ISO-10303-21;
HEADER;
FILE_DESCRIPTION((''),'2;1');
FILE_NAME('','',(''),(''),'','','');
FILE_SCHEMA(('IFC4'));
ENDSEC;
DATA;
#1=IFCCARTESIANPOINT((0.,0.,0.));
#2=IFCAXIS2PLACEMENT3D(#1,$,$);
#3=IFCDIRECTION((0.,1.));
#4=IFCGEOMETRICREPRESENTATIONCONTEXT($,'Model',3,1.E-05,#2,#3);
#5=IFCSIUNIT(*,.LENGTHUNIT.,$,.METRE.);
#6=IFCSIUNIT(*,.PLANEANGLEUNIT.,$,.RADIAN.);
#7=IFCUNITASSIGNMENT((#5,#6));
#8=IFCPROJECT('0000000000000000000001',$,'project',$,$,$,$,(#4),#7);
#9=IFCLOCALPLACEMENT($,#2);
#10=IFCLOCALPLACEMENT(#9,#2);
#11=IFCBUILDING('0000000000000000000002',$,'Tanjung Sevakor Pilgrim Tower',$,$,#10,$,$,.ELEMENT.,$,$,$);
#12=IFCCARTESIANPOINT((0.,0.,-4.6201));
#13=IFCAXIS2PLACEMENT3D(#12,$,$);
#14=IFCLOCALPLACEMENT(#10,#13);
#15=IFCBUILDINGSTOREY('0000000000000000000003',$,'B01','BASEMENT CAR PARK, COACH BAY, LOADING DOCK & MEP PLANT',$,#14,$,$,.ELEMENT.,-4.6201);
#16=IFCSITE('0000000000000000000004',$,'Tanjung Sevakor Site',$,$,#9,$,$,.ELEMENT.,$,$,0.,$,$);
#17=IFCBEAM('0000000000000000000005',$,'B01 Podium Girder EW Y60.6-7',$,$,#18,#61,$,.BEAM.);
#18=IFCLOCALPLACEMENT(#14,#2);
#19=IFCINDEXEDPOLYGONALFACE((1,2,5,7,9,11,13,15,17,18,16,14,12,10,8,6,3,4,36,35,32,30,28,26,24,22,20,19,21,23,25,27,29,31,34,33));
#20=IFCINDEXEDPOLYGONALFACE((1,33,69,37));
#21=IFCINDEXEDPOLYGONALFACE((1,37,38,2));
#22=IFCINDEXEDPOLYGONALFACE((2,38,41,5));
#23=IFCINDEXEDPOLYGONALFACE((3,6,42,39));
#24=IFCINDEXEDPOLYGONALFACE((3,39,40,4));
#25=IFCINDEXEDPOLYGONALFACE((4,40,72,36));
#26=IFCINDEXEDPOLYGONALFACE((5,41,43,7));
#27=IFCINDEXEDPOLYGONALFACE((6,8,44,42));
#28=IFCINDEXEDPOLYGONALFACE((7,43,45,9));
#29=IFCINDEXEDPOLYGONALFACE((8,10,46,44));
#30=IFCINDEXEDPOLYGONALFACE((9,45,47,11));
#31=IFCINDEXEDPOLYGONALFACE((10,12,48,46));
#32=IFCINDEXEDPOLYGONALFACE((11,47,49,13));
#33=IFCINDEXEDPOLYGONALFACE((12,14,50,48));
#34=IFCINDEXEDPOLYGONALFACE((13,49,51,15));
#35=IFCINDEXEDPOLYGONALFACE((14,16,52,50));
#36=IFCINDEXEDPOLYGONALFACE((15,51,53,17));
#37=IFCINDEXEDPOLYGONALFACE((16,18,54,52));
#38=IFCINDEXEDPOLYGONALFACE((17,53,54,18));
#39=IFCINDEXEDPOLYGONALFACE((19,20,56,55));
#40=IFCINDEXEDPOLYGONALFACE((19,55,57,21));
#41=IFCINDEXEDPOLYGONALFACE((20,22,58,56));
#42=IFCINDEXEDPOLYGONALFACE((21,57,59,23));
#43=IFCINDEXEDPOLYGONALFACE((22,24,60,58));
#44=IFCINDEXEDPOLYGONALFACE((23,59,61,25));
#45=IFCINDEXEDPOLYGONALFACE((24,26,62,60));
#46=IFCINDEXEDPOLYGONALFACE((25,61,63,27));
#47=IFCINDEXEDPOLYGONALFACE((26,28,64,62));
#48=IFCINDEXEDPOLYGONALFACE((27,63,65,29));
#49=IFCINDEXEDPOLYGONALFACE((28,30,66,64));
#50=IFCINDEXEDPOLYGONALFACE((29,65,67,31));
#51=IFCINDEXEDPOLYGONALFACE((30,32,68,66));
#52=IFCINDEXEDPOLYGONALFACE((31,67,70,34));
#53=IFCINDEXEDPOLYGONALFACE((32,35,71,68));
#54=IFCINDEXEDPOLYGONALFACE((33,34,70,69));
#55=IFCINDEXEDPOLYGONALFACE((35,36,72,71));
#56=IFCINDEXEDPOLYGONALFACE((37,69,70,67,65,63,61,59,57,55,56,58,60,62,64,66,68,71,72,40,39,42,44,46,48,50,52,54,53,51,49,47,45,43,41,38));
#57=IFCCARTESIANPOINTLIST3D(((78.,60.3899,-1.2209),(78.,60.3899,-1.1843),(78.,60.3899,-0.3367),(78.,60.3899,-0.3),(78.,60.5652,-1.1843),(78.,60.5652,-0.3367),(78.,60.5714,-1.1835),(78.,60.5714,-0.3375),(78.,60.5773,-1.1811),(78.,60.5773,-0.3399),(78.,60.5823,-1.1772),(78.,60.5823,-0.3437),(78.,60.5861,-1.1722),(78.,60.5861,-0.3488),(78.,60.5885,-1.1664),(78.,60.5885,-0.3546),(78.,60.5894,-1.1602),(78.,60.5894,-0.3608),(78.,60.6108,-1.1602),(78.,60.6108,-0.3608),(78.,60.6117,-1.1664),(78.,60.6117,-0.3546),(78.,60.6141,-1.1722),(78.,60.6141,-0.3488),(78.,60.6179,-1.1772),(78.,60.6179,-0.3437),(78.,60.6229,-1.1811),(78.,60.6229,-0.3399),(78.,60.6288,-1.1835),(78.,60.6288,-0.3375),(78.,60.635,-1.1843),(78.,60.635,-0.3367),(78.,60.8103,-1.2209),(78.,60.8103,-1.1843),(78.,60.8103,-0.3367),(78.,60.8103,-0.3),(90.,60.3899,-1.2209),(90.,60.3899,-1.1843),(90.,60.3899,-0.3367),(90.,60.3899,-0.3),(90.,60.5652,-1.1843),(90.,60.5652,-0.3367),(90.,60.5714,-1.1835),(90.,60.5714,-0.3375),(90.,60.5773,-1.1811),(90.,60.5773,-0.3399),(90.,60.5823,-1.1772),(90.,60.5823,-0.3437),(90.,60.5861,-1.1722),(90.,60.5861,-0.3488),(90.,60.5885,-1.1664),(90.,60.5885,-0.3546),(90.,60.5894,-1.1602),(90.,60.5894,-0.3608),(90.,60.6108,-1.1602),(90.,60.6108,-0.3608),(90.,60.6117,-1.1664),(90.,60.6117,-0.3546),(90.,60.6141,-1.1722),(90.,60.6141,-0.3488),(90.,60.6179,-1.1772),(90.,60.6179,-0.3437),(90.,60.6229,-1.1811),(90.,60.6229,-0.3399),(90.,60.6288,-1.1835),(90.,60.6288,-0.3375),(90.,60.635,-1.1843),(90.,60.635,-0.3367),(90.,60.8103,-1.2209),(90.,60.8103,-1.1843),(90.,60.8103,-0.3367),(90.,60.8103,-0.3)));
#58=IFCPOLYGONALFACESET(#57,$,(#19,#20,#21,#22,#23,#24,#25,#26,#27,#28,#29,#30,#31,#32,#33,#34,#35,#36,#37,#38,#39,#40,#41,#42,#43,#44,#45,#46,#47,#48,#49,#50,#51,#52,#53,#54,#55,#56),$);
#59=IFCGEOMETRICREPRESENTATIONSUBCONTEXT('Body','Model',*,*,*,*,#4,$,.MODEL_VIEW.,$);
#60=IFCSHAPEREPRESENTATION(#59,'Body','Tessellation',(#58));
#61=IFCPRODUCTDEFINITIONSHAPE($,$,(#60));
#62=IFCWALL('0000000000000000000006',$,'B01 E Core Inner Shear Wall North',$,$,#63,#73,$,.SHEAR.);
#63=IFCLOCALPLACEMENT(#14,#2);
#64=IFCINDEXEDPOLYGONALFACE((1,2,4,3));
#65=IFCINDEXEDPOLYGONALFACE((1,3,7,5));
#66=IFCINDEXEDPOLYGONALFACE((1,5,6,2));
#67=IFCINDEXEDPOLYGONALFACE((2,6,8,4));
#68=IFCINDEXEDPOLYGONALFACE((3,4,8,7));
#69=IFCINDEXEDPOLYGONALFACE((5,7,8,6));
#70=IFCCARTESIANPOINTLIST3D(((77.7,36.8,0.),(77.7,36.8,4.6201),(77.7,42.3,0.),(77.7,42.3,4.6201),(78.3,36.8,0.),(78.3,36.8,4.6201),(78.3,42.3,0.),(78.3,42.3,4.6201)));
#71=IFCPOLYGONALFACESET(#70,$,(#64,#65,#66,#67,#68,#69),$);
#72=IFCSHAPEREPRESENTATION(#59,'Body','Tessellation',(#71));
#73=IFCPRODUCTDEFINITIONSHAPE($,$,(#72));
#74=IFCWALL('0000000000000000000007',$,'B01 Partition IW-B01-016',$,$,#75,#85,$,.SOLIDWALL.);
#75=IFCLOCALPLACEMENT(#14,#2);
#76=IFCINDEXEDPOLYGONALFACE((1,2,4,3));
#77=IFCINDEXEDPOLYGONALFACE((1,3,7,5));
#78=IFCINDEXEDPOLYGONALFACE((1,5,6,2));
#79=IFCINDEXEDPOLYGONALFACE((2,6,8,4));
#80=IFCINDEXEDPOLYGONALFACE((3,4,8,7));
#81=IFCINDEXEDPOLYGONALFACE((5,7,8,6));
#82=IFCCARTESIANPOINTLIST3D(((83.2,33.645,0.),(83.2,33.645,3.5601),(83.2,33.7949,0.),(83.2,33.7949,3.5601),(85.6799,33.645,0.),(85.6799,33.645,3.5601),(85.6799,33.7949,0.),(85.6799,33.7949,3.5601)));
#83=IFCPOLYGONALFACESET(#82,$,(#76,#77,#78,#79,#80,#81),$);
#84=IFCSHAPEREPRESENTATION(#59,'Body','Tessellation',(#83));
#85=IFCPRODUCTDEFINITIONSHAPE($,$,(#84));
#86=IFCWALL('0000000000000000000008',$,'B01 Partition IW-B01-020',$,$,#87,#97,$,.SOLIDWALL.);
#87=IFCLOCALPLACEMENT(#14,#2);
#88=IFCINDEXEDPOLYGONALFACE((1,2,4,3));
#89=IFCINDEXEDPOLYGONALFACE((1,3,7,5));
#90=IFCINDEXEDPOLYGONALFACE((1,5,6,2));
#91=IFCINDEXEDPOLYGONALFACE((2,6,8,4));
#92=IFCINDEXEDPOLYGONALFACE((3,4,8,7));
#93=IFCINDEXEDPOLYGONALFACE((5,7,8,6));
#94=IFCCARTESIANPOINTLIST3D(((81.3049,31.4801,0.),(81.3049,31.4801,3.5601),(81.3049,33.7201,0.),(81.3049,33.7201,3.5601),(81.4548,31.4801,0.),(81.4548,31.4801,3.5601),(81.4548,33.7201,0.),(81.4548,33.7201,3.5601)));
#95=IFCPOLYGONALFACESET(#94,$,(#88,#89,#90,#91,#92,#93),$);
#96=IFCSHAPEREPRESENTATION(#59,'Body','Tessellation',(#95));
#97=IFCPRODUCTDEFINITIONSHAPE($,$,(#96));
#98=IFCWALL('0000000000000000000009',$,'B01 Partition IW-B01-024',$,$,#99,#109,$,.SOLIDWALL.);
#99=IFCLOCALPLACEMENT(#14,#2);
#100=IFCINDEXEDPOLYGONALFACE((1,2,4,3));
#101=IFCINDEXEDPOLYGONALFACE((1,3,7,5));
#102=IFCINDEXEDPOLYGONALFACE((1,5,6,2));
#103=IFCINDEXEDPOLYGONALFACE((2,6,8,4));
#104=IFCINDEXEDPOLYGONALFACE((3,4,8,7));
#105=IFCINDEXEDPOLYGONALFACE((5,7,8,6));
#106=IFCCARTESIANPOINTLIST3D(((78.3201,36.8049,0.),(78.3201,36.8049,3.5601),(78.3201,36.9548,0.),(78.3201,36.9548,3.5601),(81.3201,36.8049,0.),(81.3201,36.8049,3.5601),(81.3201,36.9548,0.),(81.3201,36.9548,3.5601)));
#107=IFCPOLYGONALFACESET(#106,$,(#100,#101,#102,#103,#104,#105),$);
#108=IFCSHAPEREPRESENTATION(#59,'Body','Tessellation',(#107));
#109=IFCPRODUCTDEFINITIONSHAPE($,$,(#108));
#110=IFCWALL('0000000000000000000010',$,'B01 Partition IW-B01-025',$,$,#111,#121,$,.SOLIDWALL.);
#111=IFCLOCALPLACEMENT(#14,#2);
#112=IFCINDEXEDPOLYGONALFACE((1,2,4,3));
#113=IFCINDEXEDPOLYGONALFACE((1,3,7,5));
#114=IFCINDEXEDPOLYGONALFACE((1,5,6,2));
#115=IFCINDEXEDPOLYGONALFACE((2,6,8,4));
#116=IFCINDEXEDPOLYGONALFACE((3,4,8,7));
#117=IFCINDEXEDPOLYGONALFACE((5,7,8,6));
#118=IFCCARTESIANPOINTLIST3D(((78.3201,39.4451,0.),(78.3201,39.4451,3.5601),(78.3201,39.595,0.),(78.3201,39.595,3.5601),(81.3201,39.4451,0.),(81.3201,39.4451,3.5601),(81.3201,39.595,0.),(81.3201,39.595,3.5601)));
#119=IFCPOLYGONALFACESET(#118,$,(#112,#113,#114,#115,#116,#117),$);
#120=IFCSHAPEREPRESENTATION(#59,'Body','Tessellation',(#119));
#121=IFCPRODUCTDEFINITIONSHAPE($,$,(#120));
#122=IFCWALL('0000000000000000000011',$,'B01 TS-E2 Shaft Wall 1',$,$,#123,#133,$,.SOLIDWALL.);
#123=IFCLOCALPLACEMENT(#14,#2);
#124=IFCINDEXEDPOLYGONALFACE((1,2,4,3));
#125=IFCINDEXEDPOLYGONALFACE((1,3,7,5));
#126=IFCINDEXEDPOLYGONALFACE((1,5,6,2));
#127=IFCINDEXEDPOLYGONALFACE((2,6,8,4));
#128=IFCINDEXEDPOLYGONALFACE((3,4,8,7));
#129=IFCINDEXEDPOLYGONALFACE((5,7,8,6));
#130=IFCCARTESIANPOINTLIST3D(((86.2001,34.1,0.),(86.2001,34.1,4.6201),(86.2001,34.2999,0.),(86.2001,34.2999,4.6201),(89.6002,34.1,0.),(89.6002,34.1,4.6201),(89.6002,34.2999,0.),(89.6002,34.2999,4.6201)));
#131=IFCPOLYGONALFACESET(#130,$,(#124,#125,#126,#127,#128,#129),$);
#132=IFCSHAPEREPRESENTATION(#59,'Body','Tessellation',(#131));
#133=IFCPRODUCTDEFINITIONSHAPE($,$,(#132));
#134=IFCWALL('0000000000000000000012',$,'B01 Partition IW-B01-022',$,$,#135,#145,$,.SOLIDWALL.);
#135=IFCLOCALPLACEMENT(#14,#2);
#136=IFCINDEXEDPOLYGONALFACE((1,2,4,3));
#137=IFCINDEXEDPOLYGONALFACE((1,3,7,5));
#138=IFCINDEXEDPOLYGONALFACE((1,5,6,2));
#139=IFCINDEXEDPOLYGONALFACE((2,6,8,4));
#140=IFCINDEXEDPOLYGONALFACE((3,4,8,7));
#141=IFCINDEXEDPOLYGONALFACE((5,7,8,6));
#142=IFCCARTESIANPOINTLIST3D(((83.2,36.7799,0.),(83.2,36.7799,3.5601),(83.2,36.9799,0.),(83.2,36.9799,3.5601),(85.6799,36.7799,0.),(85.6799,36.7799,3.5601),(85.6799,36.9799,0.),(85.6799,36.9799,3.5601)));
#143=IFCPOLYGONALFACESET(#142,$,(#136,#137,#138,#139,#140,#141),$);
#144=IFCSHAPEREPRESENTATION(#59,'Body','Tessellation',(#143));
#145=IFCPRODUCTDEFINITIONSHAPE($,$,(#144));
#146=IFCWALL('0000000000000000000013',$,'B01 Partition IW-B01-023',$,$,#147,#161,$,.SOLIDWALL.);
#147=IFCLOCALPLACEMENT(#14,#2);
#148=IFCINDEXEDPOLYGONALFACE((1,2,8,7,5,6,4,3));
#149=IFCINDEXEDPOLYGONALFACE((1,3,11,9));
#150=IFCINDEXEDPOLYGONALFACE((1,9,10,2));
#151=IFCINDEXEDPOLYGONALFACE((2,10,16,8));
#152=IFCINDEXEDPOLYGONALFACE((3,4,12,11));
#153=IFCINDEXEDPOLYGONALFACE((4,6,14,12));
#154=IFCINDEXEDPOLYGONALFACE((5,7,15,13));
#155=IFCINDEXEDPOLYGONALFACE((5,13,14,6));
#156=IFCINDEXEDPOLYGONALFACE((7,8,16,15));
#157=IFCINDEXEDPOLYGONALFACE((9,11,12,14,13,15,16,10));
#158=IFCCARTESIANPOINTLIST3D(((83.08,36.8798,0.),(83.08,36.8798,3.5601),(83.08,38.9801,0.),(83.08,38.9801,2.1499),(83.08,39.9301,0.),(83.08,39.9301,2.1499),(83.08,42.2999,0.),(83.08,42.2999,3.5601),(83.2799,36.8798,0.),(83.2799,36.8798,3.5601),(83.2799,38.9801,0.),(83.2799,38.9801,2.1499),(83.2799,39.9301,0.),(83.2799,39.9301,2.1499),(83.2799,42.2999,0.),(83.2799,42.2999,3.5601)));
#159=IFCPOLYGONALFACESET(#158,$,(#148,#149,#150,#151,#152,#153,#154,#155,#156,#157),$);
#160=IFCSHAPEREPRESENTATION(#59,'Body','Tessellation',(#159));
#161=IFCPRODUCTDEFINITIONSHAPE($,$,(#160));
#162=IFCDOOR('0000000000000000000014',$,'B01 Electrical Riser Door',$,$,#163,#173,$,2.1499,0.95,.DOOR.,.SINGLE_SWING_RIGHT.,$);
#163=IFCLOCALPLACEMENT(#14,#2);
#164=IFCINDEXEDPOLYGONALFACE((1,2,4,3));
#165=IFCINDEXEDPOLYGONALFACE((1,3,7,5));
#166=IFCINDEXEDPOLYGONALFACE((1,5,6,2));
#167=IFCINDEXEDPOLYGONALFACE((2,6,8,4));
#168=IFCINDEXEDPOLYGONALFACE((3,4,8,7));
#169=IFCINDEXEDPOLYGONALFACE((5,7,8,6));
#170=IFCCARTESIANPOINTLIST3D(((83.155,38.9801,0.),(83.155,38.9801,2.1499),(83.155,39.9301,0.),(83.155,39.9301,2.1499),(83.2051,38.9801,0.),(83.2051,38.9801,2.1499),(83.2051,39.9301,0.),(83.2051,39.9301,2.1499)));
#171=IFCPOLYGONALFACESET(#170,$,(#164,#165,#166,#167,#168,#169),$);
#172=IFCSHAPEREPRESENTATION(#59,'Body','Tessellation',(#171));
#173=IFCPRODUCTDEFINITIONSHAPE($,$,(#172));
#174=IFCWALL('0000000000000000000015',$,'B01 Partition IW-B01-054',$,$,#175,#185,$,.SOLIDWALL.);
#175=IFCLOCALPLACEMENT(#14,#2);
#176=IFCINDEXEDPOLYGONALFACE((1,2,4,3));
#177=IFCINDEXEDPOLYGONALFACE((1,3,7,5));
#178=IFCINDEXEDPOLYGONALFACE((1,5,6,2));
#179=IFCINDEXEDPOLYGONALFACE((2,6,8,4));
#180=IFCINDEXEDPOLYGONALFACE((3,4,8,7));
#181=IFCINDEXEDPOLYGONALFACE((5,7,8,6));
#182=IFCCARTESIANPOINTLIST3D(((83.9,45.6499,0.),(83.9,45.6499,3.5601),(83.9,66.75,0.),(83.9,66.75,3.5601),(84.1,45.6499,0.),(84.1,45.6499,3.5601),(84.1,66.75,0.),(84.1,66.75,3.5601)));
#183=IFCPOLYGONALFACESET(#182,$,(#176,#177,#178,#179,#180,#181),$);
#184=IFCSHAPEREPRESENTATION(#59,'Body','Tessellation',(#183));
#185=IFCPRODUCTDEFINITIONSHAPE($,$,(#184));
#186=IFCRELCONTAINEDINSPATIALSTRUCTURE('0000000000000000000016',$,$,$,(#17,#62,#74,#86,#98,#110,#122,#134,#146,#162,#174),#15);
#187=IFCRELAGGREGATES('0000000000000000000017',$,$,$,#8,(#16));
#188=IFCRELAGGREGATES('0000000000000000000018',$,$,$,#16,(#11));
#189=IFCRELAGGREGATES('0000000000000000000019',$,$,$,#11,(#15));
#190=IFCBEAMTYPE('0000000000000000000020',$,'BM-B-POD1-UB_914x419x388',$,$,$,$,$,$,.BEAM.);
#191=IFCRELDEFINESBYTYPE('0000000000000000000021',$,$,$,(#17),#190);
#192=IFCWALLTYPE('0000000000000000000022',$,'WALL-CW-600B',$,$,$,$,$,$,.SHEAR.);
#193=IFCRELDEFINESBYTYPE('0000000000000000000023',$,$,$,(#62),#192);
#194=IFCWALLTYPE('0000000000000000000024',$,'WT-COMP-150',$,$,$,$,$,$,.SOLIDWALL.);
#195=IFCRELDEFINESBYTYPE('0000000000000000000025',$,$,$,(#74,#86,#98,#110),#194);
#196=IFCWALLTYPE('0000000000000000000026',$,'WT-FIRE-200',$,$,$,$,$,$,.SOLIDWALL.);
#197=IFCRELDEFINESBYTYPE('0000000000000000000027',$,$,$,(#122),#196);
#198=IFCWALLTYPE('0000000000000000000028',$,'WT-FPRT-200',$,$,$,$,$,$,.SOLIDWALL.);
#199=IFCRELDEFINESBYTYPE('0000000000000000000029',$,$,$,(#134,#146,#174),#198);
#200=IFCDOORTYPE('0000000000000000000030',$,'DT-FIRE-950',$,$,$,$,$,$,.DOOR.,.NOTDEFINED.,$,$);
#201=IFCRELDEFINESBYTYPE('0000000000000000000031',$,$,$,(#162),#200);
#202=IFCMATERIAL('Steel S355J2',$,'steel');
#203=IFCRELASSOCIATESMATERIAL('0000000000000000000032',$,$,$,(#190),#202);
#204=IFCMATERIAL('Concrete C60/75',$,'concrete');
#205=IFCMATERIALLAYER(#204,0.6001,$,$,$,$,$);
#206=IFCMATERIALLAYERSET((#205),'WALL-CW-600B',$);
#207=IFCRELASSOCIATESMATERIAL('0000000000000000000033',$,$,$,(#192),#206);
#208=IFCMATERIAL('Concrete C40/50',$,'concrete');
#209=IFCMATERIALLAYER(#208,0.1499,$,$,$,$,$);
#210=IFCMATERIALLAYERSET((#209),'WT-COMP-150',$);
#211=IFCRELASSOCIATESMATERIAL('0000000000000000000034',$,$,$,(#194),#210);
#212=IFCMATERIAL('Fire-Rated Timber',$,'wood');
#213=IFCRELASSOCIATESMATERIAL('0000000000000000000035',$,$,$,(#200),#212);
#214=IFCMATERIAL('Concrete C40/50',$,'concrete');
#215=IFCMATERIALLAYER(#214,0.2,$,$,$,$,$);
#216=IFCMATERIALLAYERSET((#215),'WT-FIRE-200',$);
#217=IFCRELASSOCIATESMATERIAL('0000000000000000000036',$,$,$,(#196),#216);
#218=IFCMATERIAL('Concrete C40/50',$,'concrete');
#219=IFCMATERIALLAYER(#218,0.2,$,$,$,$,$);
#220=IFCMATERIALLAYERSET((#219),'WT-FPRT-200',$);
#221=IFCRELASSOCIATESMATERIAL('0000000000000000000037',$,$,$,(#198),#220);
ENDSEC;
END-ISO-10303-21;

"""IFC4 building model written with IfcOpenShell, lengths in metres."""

from ifc_helpers import new_model, si_unit, direction, frame, frame_2d, origin, origin_2d, place, context, subcontext, project, spatial, rectangle, i_section, extrude, material, layer, layer_set, material_profile, profile_set, type_object, element, fill, save


model = new_model("IFC4")

# Units and contexts
model_context = context("Model", 3, precision=1e-05, world=origin(), true_north=direction((0.0, 1.0)))
body_context = subcontext(model_context, "Body", "Model", "MODEL_VIEW")
ifc_project = project(units=[si_unit("LENGTHUNIT", "METRE"), si_unit("PLANEANGLEUNIT", "RADIAN")], contexts=[model_context])

# Site, building, storey
site_placement = place(None, origin())
site = spatial("IfcSite", under=ifc_project, at=site_placement, Name="Tanjung Sevakor Site", CompositionType="ELEMENT", RefElevation=0.0)
building_placement = place(site_placement, origin())
building = spatial("IfcBuilding", under=site, at=building_placement, Name="Tanjung Sevakor Pilgrim Tower", CompositionType="ELEMENT")
storey_placement = place(building_placement, frame((0.0, 0.0, -4.6201)))
storey = spatial("IfcBuildingStorey", under=building, at=storey_placement, Name="B01", Description="BASEMENT CAR PARK, COACH BAY, LOADING DOCK & MEP PLANT", CompositionType="ELEMENT", Elevation=-4.6201)

# Beam
ifc_material_1 = material(Name="Steel S355J2", Category="steel")
ifc_material_profile_1 = material_profile(ifc_material_1, i_section(OverallWidth=0.4204, OverallDepth=0.9209, WebThickness=0.0215, FlangeThickness=0.0366, FilletRadius=0.0242, at=origin_2d()))
ifc_profile_set_1 = profile_set([ifc_material_profile_1], Name="Steel S355J2")
beam_type_1 = type_object("IfcBeamType", Name="BM-B-POD1-UB_914x419x388", PredefinedType="BEAM", material=ifc_profile_set_1)
beam_1_placement = place(storey_placement, frame((78.0, 60.6001, -0.7605), z_axis=(1.0, 0.0, 0.0), x_axis=(0.0, 1.0, 0.0)))
element("IfcBeam", 1, at=beam_1_placement, inside=storey, type_object=beam_type_1, Name="B01 Podium Girder EW Y60.6-7", PredefinedType="BEAM", context=body_context, shape_type="SweptSolid", body=[
    extrude(i_section(OverallWidth=0.4204, OverallDepth=0.9209, WebThickness=0.0215, FlangeThickness=0.0366, FilletRadius=0.0242, at=origin_2d()), origin(), (0.0, 0.0, 1.0), 12.0),
])

# Walls
ifc_material_2 = material(Name="Concrete C60/75", Category="concrete")
ifc_layer_1 = layer(ifc_material_2, 0.6001)
ifc_layer_set_1 = layer_set([ifc_layer_1], Name="WALL-CW-600B")
wall_type_1 = type_object("IfcWallType", Name="WALL-CW-600B", PredefinedType="SHEAR", material=ifc_layer_set_1)
wall_1_placement = place(storey_placement, frame((78.0, 36.8, 0.0), z_axis=(0.0, 0.0, 1.0), x_axis=(0.0, 1.0, 0.0)))
element("IfcWall", 2, at=wall_1_placement, inside=storey, type_object=wall_type_1, Name="B01 E Core Inner Shear Wall North", PredefinedType="SHEAR", context=body_context, shape_type="SweptSolid", body=[
    extrude(rectangle(XDim=5.5, YDim=0.6001, at=frame_2d((2.75, 0.0))), origin(), (0.0, 0.0, 1.0), 4.6201),
])
ifc_material_3 = material(Name="Concrete C40/50", Category="concrete")
ifc_layer_2 = layer(ifc_material_3, 0.1499)
ifc_layer_set_2 = layer_set([ifc_layer_2], Name="WT-COMP-150")
wall_type_2 = type_object("IfcWallType", Name="WT-COMP-150", PredefinedType="SOLIDWALL", material=ifc_layer_set_2)
wall_2_placement = place(storey_placement, frame((83.2, 33.72, 0.0), z_axis=(0.0, 0.0, 1.0), x_axis=(1.0, 0.0, 0.0)))
element("IfcWall", 3, at=wall_2_placement, inside=storey, type_object=wall_type_2, Name="B01 Partition IW-B01-016", PredefinedType="SOLIDWALL", context=body_context, shape_type="SweptSolid", body=[
    extrude(rectangle(XDim=2.48, YDim=0.1499, at=frame_2d((1.24, 0.0))), origin(), (0.0, 0.0, 1.0), 3.5601),
])
wall_3_placement = place(storey_placement, frame((81.3799, 31.48, 0.0), z_axis=(0.0, 0.0, 1.0), x_axis=(0.0, 1.0, 0.0)))
element("IfcWall", 4, at=wall_3_placement, inside=storey, type_object=wall_type_2, Name="B01 Partition IW-B01-020", PredefinedType="SOLIDWALL", context=body_context, shape_type="SweptSolid", body=[
    extrude(rectangle(XDim=2.24, YDim=0.1499, at=frame_2d((1.1201, 0.0))), origin(), (0.0, 0.0, 1.0), 3.5601),
])

# Shared definitions
ifc_material_4 = material(Name="Fire-Rated Timber", Category="wood")
door_type = type_object("IfcDoorType", Name="DT-FIRE-950", OperationType="NOTDEFINED", PredefinedType="DOOR", material=ifc_material_4)

# Walls
for number, where, z_axis, x_axis, name in (
    (5, (78.3201, 36.8799, 0.0), (0.0, 0.0, 1.0), (1.0, 0.0, 0.0), "B01 Partition IW-B01-024"),
    (6, (78.3201, 39.52, 0.0), (0.0, 0.0, 1.0), (1.0, 0.0, 0.0), "B01 Partition IW-B01-025"),
):
    element("IfcWall", number, at=place(storey_placement, frame(where, z_axis=z_axis, x_axis=x_axis)), inside=storey, type_object=wall_type_2, Name=name, PredefinedType="SOLIDWALL", context=body_context, shape_type="SweptSolid", body=[
        extrude(rectangle(XDim=3.0, YDim=0.1499, at=frame_2d((1.5, 0.0))), origin(), (0.0, 0.0, 1.0), 3.5601),
    ])

# Walls
ifc_material_5 = material(Name="Concrete C40/50", Category="concrete")
ifc_layer_3 = layer(ifc_material_5, 0.2)
ifc_layer_set_3 = layer_set([ifc_layer_3], Name="WT-FIRE-200")
wall_type_3 = type_object("IfcWallType", Name="WT-FIRE-200", PredefinedType="SOLIDWALL", material=ifc_layer_set_3)
wall_4_placement = place(storey_placement, frame((86.2, 34.2, 0.0), z_axis=(0.0, 0.0, 1.0), x_axis=(1.0, 0.0, 0.0)))
element("IfcWall", 7, at=wall_4_placement, inside=storey, type_object=wall_type_3, Name="B01 TS-E2 Shaft Wall 1", PredefinedType="SOLIDWALL", context=body_context, shape_type="SweptSolid", body=[
    extrude(rectangle(XDim=3.4001, YDim=0.2, at=frame_2d((1.7002, 0.0))), origin(), (0.0, 0.0, 1.0), 4.6201),
])
ifc_material_6 = material(Name="Concrete C40/50", Category="concrete")
ifc_layer_4 = layer(ifc_material_6, 0.2)
ifc_layer_set_4 = layer_set([ifc_layer_4], Name="WT-FPRT-200")
wall_type_4 = type_object("IfcWallType", Name="WT-FPRT-200", PredefinedType="SOLIDWALL", material=ifc_layer_set_4)
wall_5_placement = place(storey_placement, frame((83.2, 36.8799, 0.0), z_axis=(0.0, 0.0, 1.0), x_axis=(1.0, 0.0, 0.0)))
element("IfcWall", 8, at=wall_5_placement, inside=storey, type_object=wall_type_4, Name="B01 Partition IW-B01-022", PredefinedType="SOLIDWALL", context=body_context, shape_type="SweptSolid", body=[
    extrude(rectangle(XDim=2.48, YDim=0.2, at=frame_2d((1.24, 0.0))), origin(), (0.0, 0.0, 1.0), 3.5601),
])

# Wall, opening, door
wall_6_placement = place(storey_placement, frame((83.1799, 36.8799, 0.0), z_axis=(0.0, 0.0, 1.0), x_axis=(0.0, 1.0, 0.0)))
wall_6 = element("IfcWall", 9, at=wall_6_placement, inside=storey, type_object=wall_type_4, Name="B01 Partition IW-B01-023", PredefinedType="SOLIDWALL", context=body_context, shape_type="SweptSolid", body=[
    extrude(rectangle(XDim=5.4202, YDim=0.2, at=frame_2d((2.71, 0.0))), origin(), (0.0, 0.0, 1.0), 3.5601),
])
opening_1_placement = place(wall_6_placement, frame((2.1001, 0.0, 0.0)))
opening_1 = element("IfcOpeningElement", 10, at=opening_1_placement, cuts=wall_6, PredefinedType="OPENING", context=body_context, shape_type="SweptSolid", body=[
    extrude(rectangle(XDim=0.95, YDim=2.1499, at=frame_2d((0.4751, 1.075))), frame((0.0, 0.1099, 0.0), z_axis=(0.0, -1.0, 0.0), x_axis=(1.0, 0.0, 0.0)), (0.0, 0.0, 1.0), 0.22),
])
door_1_placement = place(opening_1_placement, origin())
door_1 = element("IfcDoor", 11, at=door_1_placement, inside=storey, type_object=door_type, Name="B01 Electrical Riser Door", OperationType="SINGLE_SWING_RIGHT", OverallHeight=2.1499, OverallWidth=0.95, PredefinedType="DOOR", context=body_context, shape_type="SweptSolid", body=[
    extrude(rectangle(XDim=0.95, YDim=2.1499, at=frame_2d((0.4751, 1.075))), frame((0.0, 0.0249, 0.0), z_axis=(0.0, -1.0, 0.0), x_axis=(1.0, 0.0, 0.0)), (0.0, 0.0, 1.0), 0.05),
])
fill(opening_1, door_1)

# Wall
wall_7_placement = place(storey_placement, frame((84.0, 45.6499, 0.0), z_axis=(0.0, 0.0, 1.0), x_axis=(0.0, 1.0, 0.0)))
element("IfcWall", 12, at=wall_7_placement, inside=storey, type_object=wall_type_4, Name="B01 Partition IW-B01-054", PredefinedType="SOLIDWALL", context=body_context, shape_type="SweptSolid", body=[
    extrude(rectangle(XDim=21.1001, YDim=0.2, at=frame_2d((10.55, 0.0))), origin(), (0.0, 0.0, 1.0), 3.5601),
])

save(model, "model.ifc")
